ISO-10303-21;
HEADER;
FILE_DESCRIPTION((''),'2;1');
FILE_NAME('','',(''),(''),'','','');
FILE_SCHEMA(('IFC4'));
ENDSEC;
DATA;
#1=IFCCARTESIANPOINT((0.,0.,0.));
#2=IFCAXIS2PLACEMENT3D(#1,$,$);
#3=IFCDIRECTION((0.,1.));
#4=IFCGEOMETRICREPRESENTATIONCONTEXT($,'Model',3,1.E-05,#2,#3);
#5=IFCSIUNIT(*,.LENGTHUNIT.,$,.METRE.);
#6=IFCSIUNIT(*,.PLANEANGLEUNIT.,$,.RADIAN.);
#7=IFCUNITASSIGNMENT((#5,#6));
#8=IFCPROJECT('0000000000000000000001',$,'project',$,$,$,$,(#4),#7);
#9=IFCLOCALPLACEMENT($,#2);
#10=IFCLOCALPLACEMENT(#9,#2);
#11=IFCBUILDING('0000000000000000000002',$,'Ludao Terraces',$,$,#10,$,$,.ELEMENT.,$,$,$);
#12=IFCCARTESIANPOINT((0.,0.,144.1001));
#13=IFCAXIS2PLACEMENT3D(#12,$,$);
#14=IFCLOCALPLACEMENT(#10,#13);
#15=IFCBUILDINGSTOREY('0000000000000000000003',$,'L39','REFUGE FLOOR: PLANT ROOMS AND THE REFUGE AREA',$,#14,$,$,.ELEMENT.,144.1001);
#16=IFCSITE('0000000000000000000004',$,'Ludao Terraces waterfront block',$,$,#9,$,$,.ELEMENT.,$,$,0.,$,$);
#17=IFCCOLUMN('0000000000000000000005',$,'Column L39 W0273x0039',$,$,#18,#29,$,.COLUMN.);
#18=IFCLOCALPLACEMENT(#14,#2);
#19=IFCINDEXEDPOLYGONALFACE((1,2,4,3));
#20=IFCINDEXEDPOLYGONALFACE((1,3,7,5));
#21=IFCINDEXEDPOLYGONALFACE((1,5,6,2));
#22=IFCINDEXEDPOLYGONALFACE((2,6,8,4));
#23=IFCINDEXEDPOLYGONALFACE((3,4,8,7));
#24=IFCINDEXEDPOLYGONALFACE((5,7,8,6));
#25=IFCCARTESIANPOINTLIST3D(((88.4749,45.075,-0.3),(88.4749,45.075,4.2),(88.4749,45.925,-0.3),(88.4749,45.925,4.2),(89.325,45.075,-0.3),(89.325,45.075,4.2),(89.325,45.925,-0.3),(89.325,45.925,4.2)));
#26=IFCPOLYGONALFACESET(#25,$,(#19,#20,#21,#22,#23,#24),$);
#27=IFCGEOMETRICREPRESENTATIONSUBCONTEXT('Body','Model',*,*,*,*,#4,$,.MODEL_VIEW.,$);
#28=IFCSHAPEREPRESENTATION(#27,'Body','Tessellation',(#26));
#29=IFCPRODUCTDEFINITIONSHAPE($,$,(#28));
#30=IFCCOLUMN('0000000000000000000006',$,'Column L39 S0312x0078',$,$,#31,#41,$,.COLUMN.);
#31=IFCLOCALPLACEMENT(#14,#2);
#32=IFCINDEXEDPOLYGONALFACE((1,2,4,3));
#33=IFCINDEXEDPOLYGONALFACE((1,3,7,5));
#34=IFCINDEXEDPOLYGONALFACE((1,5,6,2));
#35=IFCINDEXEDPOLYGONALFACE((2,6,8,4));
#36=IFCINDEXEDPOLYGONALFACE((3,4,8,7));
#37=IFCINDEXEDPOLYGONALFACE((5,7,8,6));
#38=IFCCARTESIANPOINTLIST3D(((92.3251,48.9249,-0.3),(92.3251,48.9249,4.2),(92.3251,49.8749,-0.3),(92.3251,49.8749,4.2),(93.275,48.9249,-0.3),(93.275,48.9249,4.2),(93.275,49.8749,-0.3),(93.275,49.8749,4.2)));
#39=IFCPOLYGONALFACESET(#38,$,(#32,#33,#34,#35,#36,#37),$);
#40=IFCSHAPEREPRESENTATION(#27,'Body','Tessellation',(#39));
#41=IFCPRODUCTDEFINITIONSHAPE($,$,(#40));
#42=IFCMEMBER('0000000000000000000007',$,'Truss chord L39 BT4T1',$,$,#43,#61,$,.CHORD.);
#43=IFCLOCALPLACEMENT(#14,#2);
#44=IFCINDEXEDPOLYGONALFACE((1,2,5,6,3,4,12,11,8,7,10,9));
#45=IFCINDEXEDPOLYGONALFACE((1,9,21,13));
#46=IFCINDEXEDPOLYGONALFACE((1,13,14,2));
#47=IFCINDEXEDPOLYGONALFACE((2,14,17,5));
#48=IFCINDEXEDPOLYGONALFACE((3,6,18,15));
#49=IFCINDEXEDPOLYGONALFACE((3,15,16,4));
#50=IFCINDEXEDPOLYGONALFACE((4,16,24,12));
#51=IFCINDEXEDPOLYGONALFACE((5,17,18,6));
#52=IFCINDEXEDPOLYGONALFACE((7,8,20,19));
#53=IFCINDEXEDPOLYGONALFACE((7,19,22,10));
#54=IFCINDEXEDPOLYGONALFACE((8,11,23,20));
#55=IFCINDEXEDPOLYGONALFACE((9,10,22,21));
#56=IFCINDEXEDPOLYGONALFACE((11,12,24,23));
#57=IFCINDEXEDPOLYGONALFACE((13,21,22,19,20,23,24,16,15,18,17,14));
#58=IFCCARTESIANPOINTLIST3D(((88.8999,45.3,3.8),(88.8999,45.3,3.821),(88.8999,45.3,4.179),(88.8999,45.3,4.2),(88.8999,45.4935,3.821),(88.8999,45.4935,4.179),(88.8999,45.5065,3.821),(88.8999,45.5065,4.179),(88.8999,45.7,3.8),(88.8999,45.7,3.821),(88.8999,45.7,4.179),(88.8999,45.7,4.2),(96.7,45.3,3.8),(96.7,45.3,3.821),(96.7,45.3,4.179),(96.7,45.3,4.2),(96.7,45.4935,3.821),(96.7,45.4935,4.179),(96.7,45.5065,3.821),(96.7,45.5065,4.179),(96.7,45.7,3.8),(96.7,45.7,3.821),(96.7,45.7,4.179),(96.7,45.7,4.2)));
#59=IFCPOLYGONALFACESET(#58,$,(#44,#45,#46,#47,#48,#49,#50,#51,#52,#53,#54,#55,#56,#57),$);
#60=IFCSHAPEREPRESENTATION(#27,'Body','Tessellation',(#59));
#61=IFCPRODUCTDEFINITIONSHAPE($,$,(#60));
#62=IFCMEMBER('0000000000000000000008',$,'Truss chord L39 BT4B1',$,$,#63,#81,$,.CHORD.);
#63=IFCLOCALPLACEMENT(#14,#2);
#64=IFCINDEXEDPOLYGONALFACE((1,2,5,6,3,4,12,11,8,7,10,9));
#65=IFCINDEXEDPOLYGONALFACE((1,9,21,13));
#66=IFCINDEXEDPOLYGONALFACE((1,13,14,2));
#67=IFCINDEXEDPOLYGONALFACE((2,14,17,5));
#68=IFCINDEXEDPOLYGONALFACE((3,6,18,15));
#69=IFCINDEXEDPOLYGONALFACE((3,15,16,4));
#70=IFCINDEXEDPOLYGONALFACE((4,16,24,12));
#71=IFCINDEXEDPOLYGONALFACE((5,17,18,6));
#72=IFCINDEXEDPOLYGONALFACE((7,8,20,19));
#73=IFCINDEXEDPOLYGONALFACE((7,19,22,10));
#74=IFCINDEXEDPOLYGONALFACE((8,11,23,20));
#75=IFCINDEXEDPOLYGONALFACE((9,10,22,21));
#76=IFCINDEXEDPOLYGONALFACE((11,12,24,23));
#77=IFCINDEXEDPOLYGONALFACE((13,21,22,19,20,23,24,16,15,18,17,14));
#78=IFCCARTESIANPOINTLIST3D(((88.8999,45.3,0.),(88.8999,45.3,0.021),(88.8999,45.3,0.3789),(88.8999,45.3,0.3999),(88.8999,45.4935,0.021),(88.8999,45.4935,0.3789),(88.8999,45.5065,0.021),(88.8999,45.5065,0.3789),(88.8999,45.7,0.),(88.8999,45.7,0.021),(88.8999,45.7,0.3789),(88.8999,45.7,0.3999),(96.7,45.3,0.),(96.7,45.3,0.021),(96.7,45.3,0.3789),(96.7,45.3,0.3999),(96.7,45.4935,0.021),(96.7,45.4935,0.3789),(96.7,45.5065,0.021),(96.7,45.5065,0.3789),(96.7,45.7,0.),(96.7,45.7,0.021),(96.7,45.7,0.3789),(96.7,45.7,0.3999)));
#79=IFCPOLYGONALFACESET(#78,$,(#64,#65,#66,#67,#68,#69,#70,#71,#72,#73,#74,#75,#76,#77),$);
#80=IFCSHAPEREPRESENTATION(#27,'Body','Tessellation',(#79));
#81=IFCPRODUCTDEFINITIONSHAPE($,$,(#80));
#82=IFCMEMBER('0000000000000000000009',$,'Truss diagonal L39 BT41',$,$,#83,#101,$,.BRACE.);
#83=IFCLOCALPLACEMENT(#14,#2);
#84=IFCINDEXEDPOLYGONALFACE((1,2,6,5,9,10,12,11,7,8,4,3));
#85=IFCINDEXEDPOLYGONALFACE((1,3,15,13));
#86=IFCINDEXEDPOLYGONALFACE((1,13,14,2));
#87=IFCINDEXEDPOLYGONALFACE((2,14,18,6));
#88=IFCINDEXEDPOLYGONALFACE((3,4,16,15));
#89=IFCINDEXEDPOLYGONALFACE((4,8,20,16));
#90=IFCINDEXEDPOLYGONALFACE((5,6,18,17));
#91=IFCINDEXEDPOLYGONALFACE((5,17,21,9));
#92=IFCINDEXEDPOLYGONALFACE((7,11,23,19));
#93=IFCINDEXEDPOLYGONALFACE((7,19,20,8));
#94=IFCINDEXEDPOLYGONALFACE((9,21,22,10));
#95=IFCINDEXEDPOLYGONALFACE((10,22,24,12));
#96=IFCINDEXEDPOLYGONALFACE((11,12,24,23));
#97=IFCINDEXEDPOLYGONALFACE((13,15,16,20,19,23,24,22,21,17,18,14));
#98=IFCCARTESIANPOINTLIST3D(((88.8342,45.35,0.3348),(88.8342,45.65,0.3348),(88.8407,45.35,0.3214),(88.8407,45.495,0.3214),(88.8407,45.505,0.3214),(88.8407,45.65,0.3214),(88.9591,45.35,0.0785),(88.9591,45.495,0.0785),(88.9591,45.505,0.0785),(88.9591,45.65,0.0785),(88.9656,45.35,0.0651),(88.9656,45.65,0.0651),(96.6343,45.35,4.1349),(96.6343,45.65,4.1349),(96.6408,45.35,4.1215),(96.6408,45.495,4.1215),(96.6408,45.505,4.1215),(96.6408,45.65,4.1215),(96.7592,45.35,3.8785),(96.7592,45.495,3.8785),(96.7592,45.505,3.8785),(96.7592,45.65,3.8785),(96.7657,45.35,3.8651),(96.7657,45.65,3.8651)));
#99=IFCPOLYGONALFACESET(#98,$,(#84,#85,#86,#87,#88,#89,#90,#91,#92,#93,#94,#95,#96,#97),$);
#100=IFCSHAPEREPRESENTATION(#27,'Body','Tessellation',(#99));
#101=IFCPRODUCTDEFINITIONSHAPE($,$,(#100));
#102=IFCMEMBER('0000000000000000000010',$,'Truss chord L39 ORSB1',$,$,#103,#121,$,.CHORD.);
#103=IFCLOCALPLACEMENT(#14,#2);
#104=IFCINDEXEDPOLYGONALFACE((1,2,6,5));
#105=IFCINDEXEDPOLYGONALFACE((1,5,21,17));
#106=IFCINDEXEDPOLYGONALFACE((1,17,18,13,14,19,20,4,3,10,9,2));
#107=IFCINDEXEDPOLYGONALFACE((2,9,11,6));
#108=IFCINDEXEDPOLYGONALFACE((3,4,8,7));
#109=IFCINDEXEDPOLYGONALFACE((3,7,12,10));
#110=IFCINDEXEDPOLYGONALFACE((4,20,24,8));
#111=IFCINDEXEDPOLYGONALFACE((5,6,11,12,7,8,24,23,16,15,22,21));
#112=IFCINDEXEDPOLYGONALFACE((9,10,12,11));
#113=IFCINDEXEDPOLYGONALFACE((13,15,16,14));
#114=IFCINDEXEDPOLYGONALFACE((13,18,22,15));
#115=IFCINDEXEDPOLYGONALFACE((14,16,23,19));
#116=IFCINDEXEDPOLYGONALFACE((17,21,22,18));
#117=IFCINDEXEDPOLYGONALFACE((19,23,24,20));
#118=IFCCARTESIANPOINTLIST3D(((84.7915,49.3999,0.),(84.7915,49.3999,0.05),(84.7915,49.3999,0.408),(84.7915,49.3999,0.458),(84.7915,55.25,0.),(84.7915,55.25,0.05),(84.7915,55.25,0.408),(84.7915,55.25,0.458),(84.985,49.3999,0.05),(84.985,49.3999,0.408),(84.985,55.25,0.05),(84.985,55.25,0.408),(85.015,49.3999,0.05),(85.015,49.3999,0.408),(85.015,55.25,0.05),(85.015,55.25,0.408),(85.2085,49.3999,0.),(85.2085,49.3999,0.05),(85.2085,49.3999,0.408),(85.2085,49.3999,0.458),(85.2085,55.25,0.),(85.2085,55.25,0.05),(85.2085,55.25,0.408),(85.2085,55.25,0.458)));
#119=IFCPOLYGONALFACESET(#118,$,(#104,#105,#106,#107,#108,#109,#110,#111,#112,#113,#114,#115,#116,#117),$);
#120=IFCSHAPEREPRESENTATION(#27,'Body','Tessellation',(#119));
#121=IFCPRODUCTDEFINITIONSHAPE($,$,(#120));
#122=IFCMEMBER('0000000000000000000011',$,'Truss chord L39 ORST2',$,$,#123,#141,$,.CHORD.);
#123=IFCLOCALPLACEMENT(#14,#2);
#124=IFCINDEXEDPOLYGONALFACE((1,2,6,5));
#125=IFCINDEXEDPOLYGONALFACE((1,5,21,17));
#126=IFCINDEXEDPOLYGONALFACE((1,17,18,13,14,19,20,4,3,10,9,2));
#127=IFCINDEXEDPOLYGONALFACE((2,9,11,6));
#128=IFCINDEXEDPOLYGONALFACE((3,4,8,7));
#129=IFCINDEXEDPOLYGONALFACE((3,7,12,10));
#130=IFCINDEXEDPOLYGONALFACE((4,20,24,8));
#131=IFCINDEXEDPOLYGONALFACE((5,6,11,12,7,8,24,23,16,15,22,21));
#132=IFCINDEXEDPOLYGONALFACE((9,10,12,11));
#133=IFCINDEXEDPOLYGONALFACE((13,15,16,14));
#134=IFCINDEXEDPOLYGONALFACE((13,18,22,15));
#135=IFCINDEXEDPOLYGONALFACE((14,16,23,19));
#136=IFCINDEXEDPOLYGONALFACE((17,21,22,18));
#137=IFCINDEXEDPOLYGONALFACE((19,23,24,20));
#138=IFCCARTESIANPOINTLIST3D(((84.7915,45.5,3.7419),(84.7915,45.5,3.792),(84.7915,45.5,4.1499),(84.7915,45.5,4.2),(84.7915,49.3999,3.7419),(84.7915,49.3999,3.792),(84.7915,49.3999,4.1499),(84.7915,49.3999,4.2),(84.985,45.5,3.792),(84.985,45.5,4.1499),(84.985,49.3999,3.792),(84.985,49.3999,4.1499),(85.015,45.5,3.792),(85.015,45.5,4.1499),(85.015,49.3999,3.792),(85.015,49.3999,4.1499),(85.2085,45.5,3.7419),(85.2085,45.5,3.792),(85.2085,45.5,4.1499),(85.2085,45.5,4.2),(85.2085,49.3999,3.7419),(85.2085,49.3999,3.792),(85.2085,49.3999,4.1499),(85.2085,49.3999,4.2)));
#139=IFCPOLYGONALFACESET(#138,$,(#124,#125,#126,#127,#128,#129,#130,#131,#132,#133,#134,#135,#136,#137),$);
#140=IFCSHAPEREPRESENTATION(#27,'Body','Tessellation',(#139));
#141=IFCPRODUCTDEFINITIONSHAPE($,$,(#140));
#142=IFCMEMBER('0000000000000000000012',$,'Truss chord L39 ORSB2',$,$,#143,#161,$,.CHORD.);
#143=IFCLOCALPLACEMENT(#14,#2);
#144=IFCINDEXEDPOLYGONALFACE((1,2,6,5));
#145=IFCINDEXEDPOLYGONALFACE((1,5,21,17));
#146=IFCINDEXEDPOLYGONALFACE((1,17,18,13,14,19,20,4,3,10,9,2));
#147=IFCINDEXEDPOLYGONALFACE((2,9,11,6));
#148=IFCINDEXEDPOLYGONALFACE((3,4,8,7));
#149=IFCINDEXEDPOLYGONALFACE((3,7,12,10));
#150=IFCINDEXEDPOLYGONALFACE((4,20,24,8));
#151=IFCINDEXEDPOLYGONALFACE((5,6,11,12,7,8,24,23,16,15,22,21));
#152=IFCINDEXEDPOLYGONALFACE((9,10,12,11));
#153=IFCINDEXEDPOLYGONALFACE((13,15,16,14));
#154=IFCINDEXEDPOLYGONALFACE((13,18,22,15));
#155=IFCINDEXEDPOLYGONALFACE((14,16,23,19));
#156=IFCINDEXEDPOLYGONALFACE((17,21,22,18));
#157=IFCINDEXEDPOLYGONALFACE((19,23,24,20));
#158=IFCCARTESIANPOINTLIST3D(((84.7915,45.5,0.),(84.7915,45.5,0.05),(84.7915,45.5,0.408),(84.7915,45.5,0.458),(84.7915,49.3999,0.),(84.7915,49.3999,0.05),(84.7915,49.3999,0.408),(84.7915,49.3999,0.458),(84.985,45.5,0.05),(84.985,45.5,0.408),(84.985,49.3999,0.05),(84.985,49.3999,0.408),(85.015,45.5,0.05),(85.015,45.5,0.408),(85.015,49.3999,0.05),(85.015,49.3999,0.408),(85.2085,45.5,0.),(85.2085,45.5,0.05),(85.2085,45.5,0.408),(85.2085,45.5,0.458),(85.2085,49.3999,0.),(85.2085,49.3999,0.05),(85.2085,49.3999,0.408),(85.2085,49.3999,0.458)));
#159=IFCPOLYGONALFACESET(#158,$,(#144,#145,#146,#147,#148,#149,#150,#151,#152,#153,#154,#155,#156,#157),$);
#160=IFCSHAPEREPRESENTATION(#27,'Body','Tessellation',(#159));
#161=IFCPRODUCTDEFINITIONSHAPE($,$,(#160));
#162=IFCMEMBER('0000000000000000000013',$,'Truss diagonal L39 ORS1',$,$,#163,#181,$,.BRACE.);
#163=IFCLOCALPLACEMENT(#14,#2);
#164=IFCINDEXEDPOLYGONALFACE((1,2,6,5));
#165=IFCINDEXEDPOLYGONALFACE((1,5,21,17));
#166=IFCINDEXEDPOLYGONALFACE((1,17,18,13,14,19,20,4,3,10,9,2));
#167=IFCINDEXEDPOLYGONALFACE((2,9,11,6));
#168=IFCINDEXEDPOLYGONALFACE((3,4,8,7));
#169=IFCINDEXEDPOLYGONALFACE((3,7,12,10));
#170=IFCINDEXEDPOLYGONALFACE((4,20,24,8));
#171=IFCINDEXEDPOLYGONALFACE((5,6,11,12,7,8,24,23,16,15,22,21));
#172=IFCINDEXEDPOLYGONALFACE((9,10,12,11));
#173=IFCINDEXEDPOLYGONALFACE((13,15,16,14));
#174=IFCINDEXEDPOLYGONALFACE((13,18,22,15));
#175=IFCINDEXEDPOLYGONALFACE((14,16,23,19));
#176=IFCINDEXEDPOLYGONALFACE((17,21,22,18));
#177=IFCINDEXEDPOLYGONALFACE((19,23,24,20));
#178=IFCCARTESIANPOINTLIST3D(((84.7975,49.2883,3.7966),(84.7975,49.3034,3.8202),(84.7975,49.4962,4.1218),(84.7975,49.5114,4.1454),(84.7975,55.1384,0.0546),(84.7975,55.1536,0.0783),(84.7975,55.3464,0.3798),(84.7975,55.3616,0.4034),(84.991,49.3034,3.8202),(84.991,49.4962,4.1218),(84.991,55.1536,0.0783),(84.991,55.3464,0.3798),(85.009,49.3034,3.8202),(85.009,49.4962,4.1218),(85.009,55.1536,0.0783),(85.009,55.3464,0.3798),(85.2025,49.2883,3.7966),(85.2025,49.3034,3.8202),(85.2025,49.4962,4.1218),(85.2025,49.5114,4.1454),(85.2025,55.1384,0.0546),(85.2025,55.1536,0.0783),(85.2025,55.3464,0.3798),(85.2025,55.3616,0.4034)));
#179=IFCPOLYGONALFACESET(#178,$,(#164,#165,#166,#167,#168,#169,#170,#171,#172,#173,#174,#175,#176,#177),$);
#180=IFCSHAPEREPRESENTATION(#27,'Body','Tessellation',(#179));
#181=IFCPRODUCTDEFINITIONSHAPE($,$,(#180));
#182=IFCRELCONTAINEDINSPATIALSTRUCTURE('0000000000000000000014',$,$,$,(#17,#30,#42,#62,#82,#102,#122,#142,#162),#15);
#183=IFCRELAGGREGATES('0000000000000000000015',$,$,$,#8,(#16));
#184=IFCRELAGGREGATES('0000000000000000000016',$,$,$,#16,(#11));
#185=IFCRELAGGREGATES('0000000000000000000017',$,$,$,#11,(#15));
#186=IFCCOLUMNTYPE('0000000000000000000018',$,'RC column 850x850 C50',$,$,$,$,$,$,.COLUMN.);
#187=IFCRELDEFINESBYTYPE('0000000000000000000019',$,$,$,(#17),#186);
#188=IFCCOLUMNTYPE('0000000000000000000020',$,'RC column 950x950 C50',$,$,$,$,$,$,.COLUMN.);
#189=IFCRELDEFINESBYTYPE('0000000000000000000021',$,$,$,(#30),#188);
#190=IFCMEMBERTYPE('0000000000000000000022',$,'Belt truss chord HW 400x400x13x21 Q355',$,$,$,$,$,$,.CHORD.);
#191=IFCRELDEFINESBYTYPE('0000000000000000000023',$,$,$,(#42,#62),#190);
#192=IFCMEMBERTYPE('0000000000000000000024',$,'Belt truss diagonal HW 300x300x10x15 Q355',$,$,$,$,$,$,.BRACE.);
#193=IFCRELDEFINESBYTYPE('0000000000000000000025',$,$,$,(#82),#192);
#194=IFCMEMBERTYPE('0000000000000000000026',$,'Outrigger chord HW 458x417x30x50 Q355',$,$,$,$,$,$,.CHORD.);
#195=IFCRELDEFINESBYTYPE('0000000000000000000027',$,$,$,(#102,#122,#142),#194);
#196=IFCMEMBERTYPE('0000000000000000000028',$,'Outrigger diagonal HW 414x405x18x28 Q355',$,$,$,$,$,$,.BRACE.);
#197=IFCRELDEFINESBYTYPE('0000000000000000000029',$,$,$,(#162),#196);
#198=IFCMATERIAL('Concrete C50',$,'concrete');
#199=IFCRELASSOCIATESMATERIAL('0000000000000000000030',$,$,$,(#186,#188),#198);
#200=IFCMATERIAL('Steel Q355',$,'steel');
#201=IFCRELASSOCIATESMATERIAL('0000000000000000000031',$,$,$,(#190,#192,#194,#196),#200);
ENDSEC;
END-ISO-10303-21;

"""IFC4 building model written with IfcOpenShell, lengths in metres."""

from ifc_helpers import new_model, si_unit, direction, frame, origin, origin_2d, place, context, subcontext, project, spatial, rectangle, i_section, extrude, material, material_profile, profile_set, type_object, element, save


model = new_model("IFC4")

# Units and contexts
model_context = context("Model", 3, precision=1e-05, world=origin(), true_north=direction((0.0, 1.0)))
body_context = subcontext(model_context, "Body", "Model", "MODEL_VIEW")
ifc_project = project(units=[si_unit("LENGTHUNIT", "METRE"), si_unit("PLANEANGLEUNIT", "RADIAN")], contexts=[model_context])

# Site, building, storey
site_placement = place(None, origin())
site = spatial("IfcSite", under=ifc_project, at=site_placement, Name="Ludao Terraces waterfront block", CompositionType="ELEMENT", RefElevation=0.0)
building_placement = place(site_placement, origin())
building = spatial("IfcBuilding", under=site, at=building_placement, Name="Ludao Terraces", CompositionType="ELEMENT")
storey_placement = place(building_placement, frame((0.0, 0.0, 144.1001)))
storey = spatial("IfcBuildingStorey", under=building, at=storey_placement, Name="L39", Description="REFUGE FLOOR: PLANT ROOMS AND THE REFUGE AREA", CompositionType="ELEMENT", Elevation=144.1001)

# Columns
ifc_material_1 = material(Name="Concrete C50", Category="concrete")
ifc_material_profile_1 = material_profile(ifc_material_1, rectangle(XDim=0.8501, YDim=0.8501, at=origin_2d()), Name="850 X 850")
ifc_profile_set_1 = profile_set([ifc_material_profile_1], Name="Concrete C50")
column_type_1 = type_object("IfcColumnType", Name="RC column 850x850 C50", PredefinedType="COLUMN", material=ifc_profile_set_1)
column_1_placement = place(storey_placement, frame((88.8999, 45.5, -0.3), z_axis=(0.0, 0.0, 1.0), x_axis=(1.0, 0.0, 0.0)))
element("IfcColumn", 1, at=column_1_placement, inside=storey, type_object=column_type_1, Name="Column L39 W0273x0039", PredefinedType="COLUMN", context=body_context, shape_type="SweptSolid", body=[
    extrude(rectangle(XDim=0.8501, YDim=0.8501, at=origin_2d()), origin(), (0.0, 0.0, 1.0), 4.5),
])
ifc_material_profile_2 = material_profile(ifc_material_1, rectangle(XDim=0.95, YDim=0.95, at=origin_2d()), Name="950 X 950")
ifc_profile_set_2 = profile_set([ifc_material_profile_2], Name="Concrete C50")
column_type_2 = type_object("IfcColumnType", Name="RC column 950x950 C50", PredefinedType="COLUMN", material=ifc_profile_set_2)
column_2_placement = place(storey_placement, frame((92.8, 49.3999, -0.3), z_axis=(0.0, 0.0, 1.0), x_axis=(1.0, 0.0, 0.0)))
element("IfcColumn", 2, at=column_2_placement, inside=storey, type_object=column_type_2, Name="Column L39 S0312x0078", PredefinedType="COLUMN", context=body_context, shape_type="SweptSolid", body=[
    extrude(rectangle(XDim=0.95, YDim=0.95, at=origin_2d()), origin(), (0.0, 0.0, 1.0), 4.5),
])

# Members
ifc_material_2 = material(Name="Steel Q355", Category="steel")
ifc_material_profile_3 = material_profile(ifc_material_2, i_section(OverallWidth=0.3999, OverallDepth=0.3999, WebThickness=0.0129, FlangeThickness=0.021, at=origin_2d()), Name="HW 400X400X13X21")
ifc_profile_set_3 = profile_set([ifc_material_profile_3], Name="Steel Q355")
member_type_1 = type_object("IfcMemberType", Name="Belt truss chord HW 400x400x13x21 Q355", PredefinedType="CHORD", material=ifc_profile_set_3)
for number, where, z_axis, x_axis, name in (
    (3, (88.8999, 45.5, 4.0), (1.0, 0.0, 0.0), (0.0, 1.0, 0.0), "Truss chord L39 BT4T1"),
    (4, (88.8999, 45.5, 0.2), (1.0, 0.0, 0.0), (0.0, 1.0, 0.0), "Truss chord L39 BT4B1"),
):
    element("IfcMember", number, at=place(storey_placement, frame(where, z_axis=z_axis, x_axis=x_axis)), inside=storey, type_object=member_type_1, Name=name, PredefinedType="CHORD", context=body_context, shape_type="SweptSolid", body=[
        extrude(i_section(OverallWidth=0.3999, OverallDepth=0.3999, WebThickness=0.0129, FlangeThickness=0.021, at=origin_2d()), origin(), (0.0, 0.0, 1.0), 7.8),
    ])
ifc_material_profile_4 = material_profile(ifc_material_2, i_section(OverallWidth=0.3, OverallDepth=0.3, WebThickness=0.01, FlangeThickness=0.0149, at=origin_2d()), Name="HW 300X300X10X15")
ifc_profile_set_4 = profile_set([ifc_material_profile_4], Name="Steel Q355")
member_type_2 = type_object("IfcMemberType", Name="Belt truss diagonal HW 300x300x10x15 Q355", PredefinedType="BRACE", material=ifc_profile_set_4)
member_1_placement = place(storey_placement, frame((88.8999, 45.5, 0.2), z_axis=(0.898989, 0.0, 0.437972), x_axis=(0.0, 1.0, 0.0)))
element("IfcMember", 5, at=member_1_placement, inside=storey, type_object=member_type_2, Name="Truss diagonal L39 BT41", PredefinedType="BRACE", context=body_context, shape_type="SweptSolid", body=[
    extrude(i_section(OverallWidth=0.3, OverallDepth=0.3, WebThickness=0.01, FlangeThickness=0.0149, at=origin_2d()), origin(), (0.0, 0.0, 1.0), 8.6765),
])
ifc_material_profile_5 = material_profile(ifc_material_2, i_section(OverallWidth=0.417, OverallDepth=0.458, WebThickness=0.03, FlangeThickness=0.05, at=origin_2d()), Name="HW 458X417X30X50")
ifc_profile_set_5 = profile_set([ifc_material_profile_5], Name="Steel Q355")
member_type_3 = type_object("IfcMemberType", Name="Outrigger chord HW 458x417x30x50 Q355", PredefinedType="CHORD", material=ifc_profile_set_5)
member_2_placement = place(storey_placement, frame((85.0, 55.25, 0.229), z_axis=(0.0, -1.0, 0.0), x_axis=(1.0, 0.0, 0.0)))
element("IfcMember", 6, at=member_2_placement, inside=storey, type_object=member_type_3, Name="Truss chord L39 ORSB1", PredefinedType="CHORD", context=body_context, shape_type="SweptSolid", body=[
    extrude(i_section(OverallWidth=0.417, OverallDepth=0.458, WebThickness=0.03, FlangeThickness=0.05, at=origin_2d()), origin(), (0.0, 0.0, 1.0), 5.8501),
])
for number, where, z_axis, x_axis, name in (
    (7, (85.0, 49.3999, 3.9709), (0.0, -1.0, 0.0), (1.0, 0.0, 0.0), "Truss chord L39 ORST2"),
    (8, (85.0, 49.3999, 0.229), (0.0, -1.0, 0.0), (1.0, 0.0, 0.0), "Truss chord L39 ORSB2"),
):
    element("IfcMember", number, at=place(storey_placement, frame(where, z_axis=z_axis, x_axis=x_axis)), inside=storey, type_object=member_type_3, Name=name, PredefinedType="CHORD", context=body_context, shape_type="SweptSolid", body=[
        extrude(i_section(OverallWidth=0.417, OverallDepth=0.458, WebThickness=0.03, FlangeThickness=0.05, at=origin_2d()), origin(), (0.0, 0.0, 1.0), 3.8999),
    ])
ifc_material_profile_6 = material_profile(ifc_material_2, i_section(OverallWidth=0.405, OverallDepth=0.4141, WebThickness=0.0181, FlangeThickness=0.0281, at=origin_2d()), Name="HW 414X405X18X28")
ifc_profile_set_6 = profile_set([ifc_material_profile_6], Name="Steel Q355")
member_type_4 = type_object("IfcMemberType", Name="Outrigger diagonal HW 414x405x18x28 Q355", PredefinedType="BRACE", material=ifc_profile_set_6)
member_3_placement = place(storey_placement, frame((85.0, 55.25, 0.229), z_axis=(0.0, -0.84241, 0.538837), x_axis=(1.0, 0.0, 0.0)))
element("IfcMember", 9, at=member_3_placement, inside=storey, type_object=member_type_4, Name="Truss diagonal L39 ORS1", PredefinedType="BRACE", context=body_context, shape_type="SweptSolid", body=[
    extrude(i_section(OverallWidth=0.405, OverallDepth=0.4141, WebThickness=0.0181, FlangeThickness=0.0281, at=origin_2d()), origin(), (0.0, 0.0, 1.0), 6.9446),
])

save(model, "model.ifc")
